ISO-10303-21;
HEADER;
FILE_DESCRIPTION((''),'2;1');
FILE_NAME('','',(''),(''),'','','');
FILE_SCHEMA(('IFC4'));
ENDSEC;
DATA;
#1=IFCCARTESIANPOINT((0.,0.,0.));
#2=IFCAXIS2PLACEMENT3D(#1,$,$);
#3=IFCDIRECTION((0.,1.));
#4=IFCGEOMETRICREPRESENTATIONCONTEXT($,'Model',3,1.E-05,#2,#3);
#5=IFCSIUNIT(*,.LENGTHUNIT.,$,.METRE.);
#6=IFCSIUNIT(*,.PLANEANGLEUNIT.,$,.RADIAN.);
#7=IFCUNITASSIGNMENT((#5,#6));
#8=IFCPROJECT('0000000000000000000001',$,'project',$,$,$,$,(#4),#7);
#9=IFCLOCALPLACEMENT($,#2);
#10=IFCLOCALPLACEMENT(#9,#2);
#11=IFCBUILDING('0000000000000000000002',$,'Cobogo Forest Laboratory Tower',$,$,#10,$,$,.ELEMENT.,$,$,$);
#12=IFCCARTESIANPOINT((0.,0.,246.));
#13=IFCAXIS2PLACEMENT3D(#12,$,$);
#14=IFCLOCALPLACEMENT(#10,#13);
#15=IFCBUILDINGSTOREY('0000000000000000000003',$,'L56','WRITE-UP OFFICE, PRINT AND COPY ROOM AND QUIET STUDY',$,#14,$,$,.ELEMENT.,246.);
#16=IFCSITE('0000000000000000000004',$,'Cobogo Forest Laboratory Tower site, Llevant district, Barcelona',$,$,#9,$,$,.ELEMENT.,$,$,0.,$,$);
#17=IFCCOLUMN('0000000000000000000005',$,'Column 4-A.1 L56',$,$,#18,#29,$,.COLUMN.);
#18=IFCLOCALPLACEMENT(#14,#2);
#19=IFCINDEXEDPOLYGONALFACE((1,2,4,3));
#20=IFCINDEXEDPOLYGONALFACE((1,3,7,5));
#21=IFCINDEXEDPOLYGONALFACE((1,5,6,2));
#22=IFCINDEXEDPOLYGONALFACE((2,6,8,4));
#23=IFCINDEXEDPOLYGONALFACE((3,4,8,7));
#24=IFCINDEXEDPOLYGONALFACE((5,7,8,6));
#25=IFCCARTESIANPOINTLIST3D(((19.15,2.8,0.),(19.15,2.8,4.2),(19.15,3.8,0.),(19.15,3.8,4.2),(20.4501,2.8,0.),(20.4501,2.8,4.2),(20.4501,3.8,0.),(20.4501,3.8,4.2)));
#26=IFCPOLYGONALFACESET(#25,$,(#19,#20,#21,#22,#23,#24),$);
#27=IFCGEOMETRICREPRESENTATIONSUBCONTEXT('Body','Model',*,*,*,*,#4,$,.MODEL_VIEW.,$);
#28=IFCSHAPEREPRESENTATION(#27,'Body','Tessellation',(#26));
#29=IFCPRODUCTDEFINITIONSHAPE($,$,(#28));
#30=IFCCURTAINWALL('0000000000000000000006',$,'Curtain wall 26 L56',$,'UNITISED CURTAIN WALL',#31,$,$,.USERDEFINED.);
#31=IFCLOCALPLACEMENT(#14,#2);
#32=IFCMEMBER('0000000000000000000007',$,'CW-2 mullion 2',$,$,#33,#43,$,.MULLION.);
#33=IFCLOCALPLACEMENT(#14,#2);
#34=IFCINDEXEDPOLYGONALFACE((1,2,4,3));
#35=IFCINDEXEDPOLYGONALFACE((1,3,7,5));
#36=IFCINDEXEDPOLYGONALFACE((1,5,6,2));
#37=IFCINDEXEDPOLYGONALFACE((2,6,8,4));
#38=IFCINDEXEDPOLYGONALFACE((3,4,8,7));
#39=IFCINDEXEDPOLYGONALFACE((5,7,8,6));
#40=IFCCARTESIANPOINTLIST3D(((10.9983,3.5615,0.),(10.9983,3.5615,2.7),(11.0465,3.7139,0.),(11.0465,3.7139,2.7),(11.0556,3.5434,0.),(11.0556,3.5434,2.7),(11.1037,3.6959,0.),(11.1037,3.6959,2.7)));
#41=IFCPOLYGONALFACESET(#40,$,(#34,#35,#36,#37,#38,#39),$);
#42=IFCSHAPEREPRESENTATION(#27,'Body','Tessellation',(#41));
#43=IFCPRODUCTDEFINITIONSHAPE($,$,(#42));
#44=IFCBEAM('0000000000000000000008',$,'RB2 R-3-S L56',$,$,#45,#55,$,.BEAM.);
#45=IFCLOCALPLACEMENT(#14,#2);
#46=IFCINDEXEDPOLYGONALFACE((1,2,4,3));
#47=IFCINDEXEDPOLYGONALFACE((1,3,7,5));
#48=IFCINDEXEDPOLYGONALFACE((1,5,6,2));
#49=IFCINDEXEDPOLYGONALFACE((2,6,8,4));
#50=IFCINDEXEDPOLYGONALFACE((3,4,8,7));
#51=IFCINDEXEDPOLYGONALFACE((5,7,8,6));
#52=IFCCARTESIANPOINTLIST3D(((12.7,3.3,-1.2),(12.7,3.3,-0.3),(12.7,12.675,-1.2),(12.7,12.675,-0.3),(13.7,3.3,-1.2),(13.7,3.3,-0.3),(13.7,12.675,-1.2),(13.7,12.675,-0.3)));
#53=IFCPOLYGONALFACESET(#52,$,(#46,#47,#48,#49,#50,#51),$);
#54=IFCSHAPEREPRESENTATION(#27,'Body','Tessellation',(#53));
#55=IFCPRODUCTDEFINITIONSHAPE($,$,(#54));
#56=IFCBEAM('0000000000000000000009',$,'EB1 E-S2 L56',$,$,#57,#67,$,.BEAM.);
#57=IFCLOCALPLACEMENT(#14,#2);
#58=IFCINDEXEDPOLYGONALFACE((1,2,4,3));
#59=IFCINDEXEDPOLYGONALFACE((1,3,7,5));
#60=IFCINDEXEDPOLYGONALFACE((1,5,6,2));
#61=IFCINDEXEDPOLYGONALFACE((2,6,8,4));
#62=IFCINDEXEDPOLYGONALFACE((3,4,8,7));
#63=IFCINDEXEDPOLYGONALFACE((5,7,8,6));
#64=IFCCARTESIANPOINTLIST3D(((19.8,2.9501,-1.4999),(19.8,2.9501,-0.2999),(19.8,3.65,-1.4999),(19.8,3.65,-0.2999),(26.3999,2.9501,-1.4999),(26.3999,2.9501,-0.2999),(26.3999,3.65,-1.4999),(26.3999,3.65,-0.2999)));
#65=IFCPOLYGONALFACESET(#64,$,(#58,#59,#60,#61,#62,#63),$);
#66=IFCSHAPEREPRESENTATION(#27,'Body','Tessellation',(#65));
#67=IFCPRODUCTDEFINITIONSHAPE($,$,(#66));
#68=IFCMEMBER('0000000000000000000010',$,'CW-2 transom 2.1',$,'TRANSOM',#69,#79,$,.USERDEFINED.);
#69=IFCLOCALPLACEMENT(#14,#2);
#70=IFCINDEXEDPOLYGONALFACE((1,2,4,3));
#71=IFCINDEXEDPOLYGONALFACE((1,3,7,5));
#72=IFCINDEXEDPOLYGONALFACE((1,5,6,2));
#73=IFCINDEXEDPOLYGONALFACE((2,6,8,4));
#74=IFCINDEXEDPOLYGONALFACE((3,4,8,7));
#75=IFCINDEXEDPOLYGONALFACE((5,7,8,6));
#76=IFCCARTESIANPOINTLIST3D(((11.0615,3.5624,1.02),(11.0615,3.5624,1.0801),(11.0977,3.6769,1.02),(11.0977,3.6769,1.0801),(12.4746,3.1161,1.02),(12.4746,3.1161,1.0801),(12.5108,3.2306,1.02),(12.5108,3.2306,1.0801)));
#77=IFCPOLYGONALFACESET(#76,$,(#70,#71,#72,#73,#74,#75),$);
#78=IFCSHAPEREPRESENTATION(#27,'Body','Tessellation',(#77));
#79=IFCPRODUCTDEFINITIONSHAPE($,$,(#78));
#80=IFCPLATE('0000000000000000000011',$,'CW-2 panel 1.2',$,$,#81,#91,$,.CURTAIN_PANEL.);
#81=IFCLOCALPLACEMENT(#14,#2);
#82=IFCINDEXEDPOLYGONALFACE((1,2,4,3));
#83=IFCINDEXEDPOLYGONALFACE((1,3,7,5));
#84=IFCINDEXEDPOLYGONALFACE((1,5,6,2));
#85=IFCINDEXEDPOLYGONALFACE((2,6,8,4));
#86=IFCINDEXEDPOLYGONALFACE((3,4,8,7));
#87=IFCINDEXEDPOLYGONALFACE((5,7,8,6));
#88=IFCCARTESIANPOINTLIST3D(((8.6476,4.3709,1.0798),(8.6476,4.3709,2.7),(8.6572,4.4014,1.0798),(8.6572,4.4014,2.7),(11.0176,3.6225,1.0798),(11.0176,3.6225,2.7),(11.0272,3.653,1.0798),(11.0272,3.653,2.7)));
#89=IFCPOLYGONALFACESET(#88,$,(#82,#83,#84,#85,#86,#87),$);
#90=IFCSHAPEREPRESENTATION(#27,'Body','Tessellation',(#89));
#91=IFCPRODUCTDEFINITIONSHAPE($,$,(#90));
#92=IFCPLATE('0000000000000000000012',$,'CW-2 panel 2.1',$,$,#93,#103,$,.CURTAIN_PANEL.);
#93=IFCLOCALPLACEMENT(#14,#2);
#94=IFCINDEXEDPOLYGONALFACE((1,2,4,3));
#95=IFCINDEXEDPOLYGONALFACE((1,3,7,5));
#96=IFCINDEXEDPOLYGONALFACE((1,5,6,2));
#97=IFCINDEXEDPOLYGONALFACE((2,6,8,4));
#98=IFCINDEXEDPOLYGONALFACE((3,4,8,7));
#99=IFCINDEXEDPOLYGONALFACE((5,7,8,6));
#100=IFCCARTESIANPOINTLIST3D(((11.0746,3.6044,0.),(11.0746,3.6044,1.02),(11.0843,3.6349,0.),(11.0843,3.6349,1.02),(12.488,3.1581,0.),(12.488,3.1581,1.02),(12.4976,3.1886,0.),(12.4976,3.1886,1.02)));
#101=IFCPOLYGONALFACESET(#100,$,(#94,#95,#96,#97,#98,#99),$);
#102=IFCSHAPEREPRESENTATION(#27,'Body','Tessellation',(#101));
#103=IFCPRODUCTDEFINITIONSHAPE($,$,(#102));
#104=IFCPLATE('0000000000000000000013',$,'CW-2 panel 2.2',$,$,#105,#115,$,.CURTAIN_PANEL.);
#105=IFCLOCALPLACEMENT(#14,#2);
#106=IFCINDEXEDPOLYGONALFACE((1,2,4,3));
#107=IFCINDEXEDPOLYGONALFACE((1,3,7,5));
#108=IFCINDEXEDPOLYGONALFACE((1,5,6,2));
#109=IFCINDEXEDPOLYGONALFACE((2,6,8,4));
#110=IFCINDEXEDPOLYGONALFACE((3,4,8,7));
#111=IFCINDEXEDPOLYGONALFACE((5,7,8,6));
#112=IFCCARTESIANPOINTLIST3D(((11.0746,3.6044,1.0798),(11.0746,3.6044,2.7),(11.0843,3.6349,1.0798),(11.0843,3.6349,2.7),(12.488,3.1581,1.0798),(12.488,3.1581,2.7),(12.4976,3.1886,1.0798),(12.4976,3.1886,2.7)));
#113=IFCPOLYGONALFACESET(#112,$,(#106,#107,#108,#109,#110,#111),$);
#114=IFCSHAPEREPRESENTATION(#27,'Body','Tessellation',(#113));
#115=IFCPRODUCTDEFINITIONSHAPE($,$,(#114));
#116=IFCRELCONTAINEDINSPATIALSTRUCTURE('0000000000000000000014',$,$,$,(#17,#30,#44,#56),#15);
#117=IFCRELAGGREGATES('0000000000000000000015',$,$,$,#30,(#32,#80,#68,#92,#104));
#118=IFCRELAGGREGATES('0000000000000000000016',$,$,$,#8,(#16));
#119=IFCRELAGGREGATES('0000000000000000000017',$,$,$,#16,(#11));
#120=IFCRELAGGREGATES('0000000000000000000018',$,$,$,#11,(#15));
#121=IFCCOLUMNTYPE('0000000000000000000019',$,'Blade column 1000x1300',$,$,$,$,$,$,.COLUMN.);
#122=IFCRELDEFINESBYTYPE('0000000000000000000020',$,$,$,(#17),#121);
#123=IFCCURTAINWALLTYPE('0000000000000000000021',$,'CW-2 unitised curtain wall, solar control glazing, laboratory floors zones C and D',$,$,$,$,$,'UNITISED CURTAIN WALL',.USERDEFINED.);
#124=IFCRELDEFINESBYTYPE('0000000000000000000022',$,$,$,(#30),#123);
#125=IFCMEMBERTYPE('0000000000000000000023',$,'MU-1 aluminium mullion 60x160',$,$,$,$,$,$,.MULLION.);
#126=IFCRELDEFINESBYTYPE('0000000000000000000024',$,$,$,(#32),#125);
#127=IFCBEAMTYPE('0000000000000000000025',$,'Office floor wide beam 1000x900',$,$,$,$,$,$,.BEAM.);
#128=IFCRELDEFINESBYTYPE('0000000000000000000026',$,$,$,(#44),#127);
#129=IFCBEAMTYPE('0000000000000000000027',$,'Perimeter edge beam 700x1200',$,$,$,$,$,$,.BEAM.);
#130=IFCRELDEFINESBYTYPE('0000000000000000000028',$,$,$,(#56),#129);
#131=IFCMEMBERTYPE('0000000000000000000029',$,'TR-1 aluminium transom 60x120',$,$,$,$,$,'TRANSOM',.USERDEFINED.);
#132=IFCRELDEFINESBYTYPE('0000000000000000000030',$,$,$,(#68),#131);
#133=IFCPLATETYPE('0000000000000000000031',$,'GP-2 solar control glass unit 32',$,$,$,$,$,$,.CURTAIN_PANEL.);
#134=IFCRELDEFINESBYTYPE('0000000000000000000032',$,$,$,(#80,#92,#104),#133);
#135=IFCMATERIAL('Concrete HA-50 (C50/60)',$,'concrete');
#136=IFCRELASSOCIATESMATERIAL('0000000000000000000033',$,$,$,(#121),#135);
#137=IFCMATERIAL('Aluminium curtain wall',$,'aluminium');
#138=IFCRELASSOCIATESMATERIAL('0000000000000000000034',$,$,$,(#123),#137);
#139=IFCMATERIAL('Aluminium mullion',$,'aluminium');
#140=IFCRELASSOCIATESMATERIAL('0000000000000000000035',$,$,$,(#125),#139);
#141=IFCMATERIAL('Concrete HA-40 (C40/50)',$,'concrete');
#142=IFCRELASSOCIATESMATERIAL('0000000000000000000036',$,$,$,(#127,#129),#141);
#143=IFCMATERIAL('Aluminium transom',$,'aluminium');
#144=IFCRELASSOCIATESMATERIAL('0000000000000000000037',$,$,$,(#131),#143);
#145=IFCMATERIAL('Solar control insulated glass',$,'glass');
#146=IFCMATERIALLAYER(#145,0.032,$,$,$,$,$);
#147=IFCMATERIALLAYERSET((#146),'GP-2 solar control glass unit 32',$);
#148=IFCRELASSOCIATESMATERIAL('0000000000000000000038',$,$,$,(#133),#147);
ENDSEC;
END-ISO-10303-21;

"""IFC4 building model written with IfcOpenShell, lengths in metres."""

from ifc_helpers import new_model, si_unit, direction, frame, origin, origin_2d, place, context, subcontext, project, spatial, rectangle, extrude, material, layer, layer_set, material_profile, profile_set, type_object, element, aggregate, save


model = new_model("IFC4")

# Units and contexts
model_context = context("Model", 3, precision=1e-05, world=origin(), true_north=direction((0.0, 1.0)))
body_context = subcontext(model_context, "Body", "Model", "MODEL_VIEW")
ifc_project = project(units=[si_unit("LENGTHUNIT", "METRE"), si_unit("PLANEANGLEUNIT", "RADIAN")], contexts=[model_context])

# Site, building, storey
site_placement = place(None, origin())
site = spatial("IfcSite", under=ifc_project, at=site_placement, Name="Cobogo Forest Laboratory Tower site, Llevant district, Barcelona", CompositionType="ELEMENT", RefElevation=0.0)
building_placement = place(site_placement, origin())
building = spatial("IfcBuilding", under=site, at=building_placement, Name="Cobogo Forest Laboratory Tower", CompositionType="ELEMENT")
storey_placement = place(building_placement, frame((0.0, 0.0, 246.0)))
storey = spatial("IfcBuildingStorey", under=building, at=storey_placement, Name="L56", Description="WRITE-UP OFFICE, PRINT AND COPY ROOM AND QUIET STUDY", CompositionType="ELEMENT", Elevation=246.0)

# Column
ifc_material_1 = material(Name="Concrete HA-50 (C50/60)", Category="concrete")
ifc_material_profile_1 = material_profile(ifc_material_1, rectangle(XDim=1.3, YDim=1.0, at=origin_2d()), Name="RC 1000x1300")
ifc_profile_set_1 = profile_set([ifc_material_profile_1], Name="Concrete HA-50 (C50/60)")
column_type = type_object("IfcColumnType", Name="Blade column 1000x1300", PredefinedType="COLUMN", material=ifc_profile_set_1)
column_placement = place(storey_placement, frame((19.8, 3.3, 0.0), z_axis=(0.0, 0.0, 1.0), x_axis=(1.0, 0.0, 0.0)))
element("IfcColumn", 1, at=column_placement, inside=storey, type_object=column_type, Name="Column 4-A.1 L56", PredefinedType="COLUMN", context=body_context, shape_type="SweptSolid", body=[
    extrude(rectangle(XDim=1.3, YDim=1.0, at=origin_2d()), origin(), (0.0, 0.0, 1.0), 4.2),
])

# Curtain wall, member
ifc_material_2 = material(Name="Aluminium curtain wall", Category="aluminium")
curtain_wall_type = type_object("IfcCurtainWallType", Name="CW-2 unitised curtain wall, solar control glazing, laboratory floors zones C and D", ElementType="UNITISED CURTAIN WALL", PredefinedType="USERDEFINED", material=ifc_material_2)
curtain_wall_placement = place(storey_placement, origin())
curtain_wall = element("IfcCurtainWall", 2, at=curtain_wall_placement, inside=storey, type_object=curtain_wall_type, Name="Curtain wall 26 L56", ObjectType="UNITISED CURTAIN WALL", PredefinedType="USERDEFINED")
ifc_material_3 = material(Name="Aluminium mullion", Category="aluminium")
ifc_material_profile_2 = material_profile(ifc_material_3, rectangle(XDim=0.0601, YDim=0.1599, at=origin_2d()), Name="AL 60x160")
ifc_profile_set_2 = profile_set([ifc_material_profile_2], Name="Aluminium mullion")
member_type_1 = type_object("IfcMemberType", Name="MU-1 aluminium mullion 60x160", PredefinedType="MULLION", material=ifc_profile_set_2)
member_1_placement = place(storey_placement, frame((11.051, 3.6287, 0.0), z_axis=(0.0, 0.0, 1.0), x_axis=(0.953581, -0.301135, 0.0)))
member_1 = element("IfcMember", 3, at=member_1_placement, type_object=member_type_1, Name="CW-2 mullion 2", PredefinedType="MULLION", context=body_context, shape_type="SweptSolid", body=[
    extrude(rectangle(XDim=0.0601, YDim=0.1599, at=origin_2d()), origin(), (0.0, 0.0, 1.0), 2.7),
])

# Beams
ifc_material_4 = material(Name="Concrete HA-40 (C40/50)", Category="concrete")
ifc_material_profile_3 = material_profile(ifc_material_4, rectangle(XDim=1.0, YDim=0.8999, at=origin_2d()), Name="RC 1000x900")
ifc_profile_set_3 = profile_set([ifc_material_profile_3], Name="Concrete HA-40 (C40/50)")
beam_type_1 = type_object("IfcBeamType", Name="Office floor wide beam 1000x900", PredefinedType="BEAM", material=ifc_profile_set_3)
beam_1_placement = place(storey_placement, frame((13.2, 12.675, -0.75), z_axis=(0.0, -1.0, 0.0), x_axis=(1.0, 0.0, 0.0)))
element("IfcBeam", 4, at=beam_1_placement, inside=storey, type_object=beam_type_1, Name="RB2 R-3-S L56", PredefinedType="BEAM", context=body_context, shape_type="SweptSolid", body=[
    extrude(rectangle(XDim=1.0, YDim=0.8999, at=origin_2d()), origin(), (0.0, 0.0, 1.0), 9.375),
])
ifc_material_profile_4 = material_profile(ifc_material_4, rectangle(XDim=0.7, YDim=1.2, at=origin_2d()), Name="RC 700x1200")
ifc_profile_set_4 = profile_set([ifc_material_profile_4], Name="Concrete HA-40 (C40/50)")
beam_type_2 = type_object("IfcBeamType", Name="Perimeter edge beam 700x1200", PredefinedType="BEAM", material=ifc_profile_set_4)
beam_2_placement = place(storey_placement, frame((19.8, 3.3, -0.8999), z_axis=(1.0, 0.0, 0.0), x_axis=(0.0, 1.0, 0.0)))
element("IfcBeam", 5, at=beam_2_placement, inside=storey, type_object=beam_type_2, Name="EB1 E-S2 L56", PredefinedType="BEAM", context=body_context, shape_type="SweptSolid", body=[
    extrude(rectangle(XDim=0.7, YDim=1.2, at=origin_2d()), origin(), (0.0, 0.0, 1.0), 6.5999),
])

# Member
ifc_material_5 = material(Name="Aluminium transom", Category="aluminium")
ifc_material_profile_5 = material_profile(ifc_material_5, rectangle(XDim=0.1201, YDim=0.0601, at=origin_2d()), Name="AL 60x120")
ifc_profile_set_5 = profile_set([ifc_material_profile_5], Name="Aluminium transom")
member_type_2 = type_object("IfcMemberType", Name="TR-1 aluminium transom 60x120", ElementType="TRANSOM", PredefinedType="USERDEFINED", material=ifc_profile_set_5)
member_2_placement = place(storey_placement, frame((11.0796, 3.6196, 1.05), z_axis=(0.953573, -0.301163, 0.0), x_axis=(0.301163, 0.953573, 0.0)))
member_2 = element("IfcMember", 6, at=member_2_placement, type_object=member_type_2, Name="CW-2 transom 2.1", ObjectType="TRANSOM", PredefinedType="USERDEFINED", context=body_context, shape_type="SweptSolid", body=[
    extrude(rectangle(XDim=0.1201, YDim=0.0601, at=origin_2d()), origin(), (0.0, 0.0, 1.0), 1.4819),
])

# Plates
ifc_material_6 = material(Name="Solar control insulated glass", Category="glass")
ifc_layer_1 = layer(ifc_material_6, 0.032)
ifc_layer_set_1 = layer_set([ifc_layer_1], Name="GP-2 solar control glass unit 32")
plate_type = type_object("IfcPlateType", Name="GP-2 solar control glass unit 32", PredefinedType="CURTAIN_PANEL", material=ifc_layer_set_1)
plate_1_placement = place(storey_placement, frame((9.8374, 4.012, 1.0798), z_axis=(0.0, 0.0, 1.0), x_axis=(0.953581, -0.301135, 0.0)))
plate_1 = element("IfcPlate", 7, at=plate_1_placement, type_object=plate_type, Name="CW-2 panel 1.2", PredefinedType="CURTAIN_PANEL", context=body_context, shape_type="SweptSolid", body=[
    extrude(rectangle(XDim=2.4854, YDim=0.032, at=origin_2d()), origin(), (0.0, 0.0, 1.0), 1.6201),
])
plate_2_placement = place(storey_placement, frame((11.7861, 3.3965, 0.0), z_axis=(0.0, 0.0, 1.0), x_axis=(0.953581, -0.301135, 0.0)))
plate_2 = element("IfcPlate", 8, at=plate_2_placement, type_object=plate_type, Name="CW-2 panel 2.1", PredefinedType="CURTAIN_PANEL", context=body_context, shape_type="SweptSolid", body=[
    extrude(rectangle(XDim=1.4822, YDim=0.032, at=origin_2d()), origin(), (0.0, 0.0, 1.0), 1.02),
])
plate_3_placement = place(storey_placement, frame((11.7861, 3.3965, 1.0798), z_axis=(0.0, 0.0, 1.0), x_axis=(0.953581, -0.301135, 0.0)))
plate_3 = element("IfcPlate", 9, at=plate_3_placement, type_object=plate_type, Name="CW-2 panel 2.2", PredefinedType="CURTAIN_PANEL", context=body_context, shape_type="SweptSolid", body=[
    extrude(rectangle(XDim=1.4822, YDim=0.032, at=origin_2d()), origin(), (0.0, 0.0, 1.0), 1.6201),
])
aggregate(curtain_wall, [member_1, plate_1, member_2, plate_2, plate_3])

save(model, "model.ifc")
